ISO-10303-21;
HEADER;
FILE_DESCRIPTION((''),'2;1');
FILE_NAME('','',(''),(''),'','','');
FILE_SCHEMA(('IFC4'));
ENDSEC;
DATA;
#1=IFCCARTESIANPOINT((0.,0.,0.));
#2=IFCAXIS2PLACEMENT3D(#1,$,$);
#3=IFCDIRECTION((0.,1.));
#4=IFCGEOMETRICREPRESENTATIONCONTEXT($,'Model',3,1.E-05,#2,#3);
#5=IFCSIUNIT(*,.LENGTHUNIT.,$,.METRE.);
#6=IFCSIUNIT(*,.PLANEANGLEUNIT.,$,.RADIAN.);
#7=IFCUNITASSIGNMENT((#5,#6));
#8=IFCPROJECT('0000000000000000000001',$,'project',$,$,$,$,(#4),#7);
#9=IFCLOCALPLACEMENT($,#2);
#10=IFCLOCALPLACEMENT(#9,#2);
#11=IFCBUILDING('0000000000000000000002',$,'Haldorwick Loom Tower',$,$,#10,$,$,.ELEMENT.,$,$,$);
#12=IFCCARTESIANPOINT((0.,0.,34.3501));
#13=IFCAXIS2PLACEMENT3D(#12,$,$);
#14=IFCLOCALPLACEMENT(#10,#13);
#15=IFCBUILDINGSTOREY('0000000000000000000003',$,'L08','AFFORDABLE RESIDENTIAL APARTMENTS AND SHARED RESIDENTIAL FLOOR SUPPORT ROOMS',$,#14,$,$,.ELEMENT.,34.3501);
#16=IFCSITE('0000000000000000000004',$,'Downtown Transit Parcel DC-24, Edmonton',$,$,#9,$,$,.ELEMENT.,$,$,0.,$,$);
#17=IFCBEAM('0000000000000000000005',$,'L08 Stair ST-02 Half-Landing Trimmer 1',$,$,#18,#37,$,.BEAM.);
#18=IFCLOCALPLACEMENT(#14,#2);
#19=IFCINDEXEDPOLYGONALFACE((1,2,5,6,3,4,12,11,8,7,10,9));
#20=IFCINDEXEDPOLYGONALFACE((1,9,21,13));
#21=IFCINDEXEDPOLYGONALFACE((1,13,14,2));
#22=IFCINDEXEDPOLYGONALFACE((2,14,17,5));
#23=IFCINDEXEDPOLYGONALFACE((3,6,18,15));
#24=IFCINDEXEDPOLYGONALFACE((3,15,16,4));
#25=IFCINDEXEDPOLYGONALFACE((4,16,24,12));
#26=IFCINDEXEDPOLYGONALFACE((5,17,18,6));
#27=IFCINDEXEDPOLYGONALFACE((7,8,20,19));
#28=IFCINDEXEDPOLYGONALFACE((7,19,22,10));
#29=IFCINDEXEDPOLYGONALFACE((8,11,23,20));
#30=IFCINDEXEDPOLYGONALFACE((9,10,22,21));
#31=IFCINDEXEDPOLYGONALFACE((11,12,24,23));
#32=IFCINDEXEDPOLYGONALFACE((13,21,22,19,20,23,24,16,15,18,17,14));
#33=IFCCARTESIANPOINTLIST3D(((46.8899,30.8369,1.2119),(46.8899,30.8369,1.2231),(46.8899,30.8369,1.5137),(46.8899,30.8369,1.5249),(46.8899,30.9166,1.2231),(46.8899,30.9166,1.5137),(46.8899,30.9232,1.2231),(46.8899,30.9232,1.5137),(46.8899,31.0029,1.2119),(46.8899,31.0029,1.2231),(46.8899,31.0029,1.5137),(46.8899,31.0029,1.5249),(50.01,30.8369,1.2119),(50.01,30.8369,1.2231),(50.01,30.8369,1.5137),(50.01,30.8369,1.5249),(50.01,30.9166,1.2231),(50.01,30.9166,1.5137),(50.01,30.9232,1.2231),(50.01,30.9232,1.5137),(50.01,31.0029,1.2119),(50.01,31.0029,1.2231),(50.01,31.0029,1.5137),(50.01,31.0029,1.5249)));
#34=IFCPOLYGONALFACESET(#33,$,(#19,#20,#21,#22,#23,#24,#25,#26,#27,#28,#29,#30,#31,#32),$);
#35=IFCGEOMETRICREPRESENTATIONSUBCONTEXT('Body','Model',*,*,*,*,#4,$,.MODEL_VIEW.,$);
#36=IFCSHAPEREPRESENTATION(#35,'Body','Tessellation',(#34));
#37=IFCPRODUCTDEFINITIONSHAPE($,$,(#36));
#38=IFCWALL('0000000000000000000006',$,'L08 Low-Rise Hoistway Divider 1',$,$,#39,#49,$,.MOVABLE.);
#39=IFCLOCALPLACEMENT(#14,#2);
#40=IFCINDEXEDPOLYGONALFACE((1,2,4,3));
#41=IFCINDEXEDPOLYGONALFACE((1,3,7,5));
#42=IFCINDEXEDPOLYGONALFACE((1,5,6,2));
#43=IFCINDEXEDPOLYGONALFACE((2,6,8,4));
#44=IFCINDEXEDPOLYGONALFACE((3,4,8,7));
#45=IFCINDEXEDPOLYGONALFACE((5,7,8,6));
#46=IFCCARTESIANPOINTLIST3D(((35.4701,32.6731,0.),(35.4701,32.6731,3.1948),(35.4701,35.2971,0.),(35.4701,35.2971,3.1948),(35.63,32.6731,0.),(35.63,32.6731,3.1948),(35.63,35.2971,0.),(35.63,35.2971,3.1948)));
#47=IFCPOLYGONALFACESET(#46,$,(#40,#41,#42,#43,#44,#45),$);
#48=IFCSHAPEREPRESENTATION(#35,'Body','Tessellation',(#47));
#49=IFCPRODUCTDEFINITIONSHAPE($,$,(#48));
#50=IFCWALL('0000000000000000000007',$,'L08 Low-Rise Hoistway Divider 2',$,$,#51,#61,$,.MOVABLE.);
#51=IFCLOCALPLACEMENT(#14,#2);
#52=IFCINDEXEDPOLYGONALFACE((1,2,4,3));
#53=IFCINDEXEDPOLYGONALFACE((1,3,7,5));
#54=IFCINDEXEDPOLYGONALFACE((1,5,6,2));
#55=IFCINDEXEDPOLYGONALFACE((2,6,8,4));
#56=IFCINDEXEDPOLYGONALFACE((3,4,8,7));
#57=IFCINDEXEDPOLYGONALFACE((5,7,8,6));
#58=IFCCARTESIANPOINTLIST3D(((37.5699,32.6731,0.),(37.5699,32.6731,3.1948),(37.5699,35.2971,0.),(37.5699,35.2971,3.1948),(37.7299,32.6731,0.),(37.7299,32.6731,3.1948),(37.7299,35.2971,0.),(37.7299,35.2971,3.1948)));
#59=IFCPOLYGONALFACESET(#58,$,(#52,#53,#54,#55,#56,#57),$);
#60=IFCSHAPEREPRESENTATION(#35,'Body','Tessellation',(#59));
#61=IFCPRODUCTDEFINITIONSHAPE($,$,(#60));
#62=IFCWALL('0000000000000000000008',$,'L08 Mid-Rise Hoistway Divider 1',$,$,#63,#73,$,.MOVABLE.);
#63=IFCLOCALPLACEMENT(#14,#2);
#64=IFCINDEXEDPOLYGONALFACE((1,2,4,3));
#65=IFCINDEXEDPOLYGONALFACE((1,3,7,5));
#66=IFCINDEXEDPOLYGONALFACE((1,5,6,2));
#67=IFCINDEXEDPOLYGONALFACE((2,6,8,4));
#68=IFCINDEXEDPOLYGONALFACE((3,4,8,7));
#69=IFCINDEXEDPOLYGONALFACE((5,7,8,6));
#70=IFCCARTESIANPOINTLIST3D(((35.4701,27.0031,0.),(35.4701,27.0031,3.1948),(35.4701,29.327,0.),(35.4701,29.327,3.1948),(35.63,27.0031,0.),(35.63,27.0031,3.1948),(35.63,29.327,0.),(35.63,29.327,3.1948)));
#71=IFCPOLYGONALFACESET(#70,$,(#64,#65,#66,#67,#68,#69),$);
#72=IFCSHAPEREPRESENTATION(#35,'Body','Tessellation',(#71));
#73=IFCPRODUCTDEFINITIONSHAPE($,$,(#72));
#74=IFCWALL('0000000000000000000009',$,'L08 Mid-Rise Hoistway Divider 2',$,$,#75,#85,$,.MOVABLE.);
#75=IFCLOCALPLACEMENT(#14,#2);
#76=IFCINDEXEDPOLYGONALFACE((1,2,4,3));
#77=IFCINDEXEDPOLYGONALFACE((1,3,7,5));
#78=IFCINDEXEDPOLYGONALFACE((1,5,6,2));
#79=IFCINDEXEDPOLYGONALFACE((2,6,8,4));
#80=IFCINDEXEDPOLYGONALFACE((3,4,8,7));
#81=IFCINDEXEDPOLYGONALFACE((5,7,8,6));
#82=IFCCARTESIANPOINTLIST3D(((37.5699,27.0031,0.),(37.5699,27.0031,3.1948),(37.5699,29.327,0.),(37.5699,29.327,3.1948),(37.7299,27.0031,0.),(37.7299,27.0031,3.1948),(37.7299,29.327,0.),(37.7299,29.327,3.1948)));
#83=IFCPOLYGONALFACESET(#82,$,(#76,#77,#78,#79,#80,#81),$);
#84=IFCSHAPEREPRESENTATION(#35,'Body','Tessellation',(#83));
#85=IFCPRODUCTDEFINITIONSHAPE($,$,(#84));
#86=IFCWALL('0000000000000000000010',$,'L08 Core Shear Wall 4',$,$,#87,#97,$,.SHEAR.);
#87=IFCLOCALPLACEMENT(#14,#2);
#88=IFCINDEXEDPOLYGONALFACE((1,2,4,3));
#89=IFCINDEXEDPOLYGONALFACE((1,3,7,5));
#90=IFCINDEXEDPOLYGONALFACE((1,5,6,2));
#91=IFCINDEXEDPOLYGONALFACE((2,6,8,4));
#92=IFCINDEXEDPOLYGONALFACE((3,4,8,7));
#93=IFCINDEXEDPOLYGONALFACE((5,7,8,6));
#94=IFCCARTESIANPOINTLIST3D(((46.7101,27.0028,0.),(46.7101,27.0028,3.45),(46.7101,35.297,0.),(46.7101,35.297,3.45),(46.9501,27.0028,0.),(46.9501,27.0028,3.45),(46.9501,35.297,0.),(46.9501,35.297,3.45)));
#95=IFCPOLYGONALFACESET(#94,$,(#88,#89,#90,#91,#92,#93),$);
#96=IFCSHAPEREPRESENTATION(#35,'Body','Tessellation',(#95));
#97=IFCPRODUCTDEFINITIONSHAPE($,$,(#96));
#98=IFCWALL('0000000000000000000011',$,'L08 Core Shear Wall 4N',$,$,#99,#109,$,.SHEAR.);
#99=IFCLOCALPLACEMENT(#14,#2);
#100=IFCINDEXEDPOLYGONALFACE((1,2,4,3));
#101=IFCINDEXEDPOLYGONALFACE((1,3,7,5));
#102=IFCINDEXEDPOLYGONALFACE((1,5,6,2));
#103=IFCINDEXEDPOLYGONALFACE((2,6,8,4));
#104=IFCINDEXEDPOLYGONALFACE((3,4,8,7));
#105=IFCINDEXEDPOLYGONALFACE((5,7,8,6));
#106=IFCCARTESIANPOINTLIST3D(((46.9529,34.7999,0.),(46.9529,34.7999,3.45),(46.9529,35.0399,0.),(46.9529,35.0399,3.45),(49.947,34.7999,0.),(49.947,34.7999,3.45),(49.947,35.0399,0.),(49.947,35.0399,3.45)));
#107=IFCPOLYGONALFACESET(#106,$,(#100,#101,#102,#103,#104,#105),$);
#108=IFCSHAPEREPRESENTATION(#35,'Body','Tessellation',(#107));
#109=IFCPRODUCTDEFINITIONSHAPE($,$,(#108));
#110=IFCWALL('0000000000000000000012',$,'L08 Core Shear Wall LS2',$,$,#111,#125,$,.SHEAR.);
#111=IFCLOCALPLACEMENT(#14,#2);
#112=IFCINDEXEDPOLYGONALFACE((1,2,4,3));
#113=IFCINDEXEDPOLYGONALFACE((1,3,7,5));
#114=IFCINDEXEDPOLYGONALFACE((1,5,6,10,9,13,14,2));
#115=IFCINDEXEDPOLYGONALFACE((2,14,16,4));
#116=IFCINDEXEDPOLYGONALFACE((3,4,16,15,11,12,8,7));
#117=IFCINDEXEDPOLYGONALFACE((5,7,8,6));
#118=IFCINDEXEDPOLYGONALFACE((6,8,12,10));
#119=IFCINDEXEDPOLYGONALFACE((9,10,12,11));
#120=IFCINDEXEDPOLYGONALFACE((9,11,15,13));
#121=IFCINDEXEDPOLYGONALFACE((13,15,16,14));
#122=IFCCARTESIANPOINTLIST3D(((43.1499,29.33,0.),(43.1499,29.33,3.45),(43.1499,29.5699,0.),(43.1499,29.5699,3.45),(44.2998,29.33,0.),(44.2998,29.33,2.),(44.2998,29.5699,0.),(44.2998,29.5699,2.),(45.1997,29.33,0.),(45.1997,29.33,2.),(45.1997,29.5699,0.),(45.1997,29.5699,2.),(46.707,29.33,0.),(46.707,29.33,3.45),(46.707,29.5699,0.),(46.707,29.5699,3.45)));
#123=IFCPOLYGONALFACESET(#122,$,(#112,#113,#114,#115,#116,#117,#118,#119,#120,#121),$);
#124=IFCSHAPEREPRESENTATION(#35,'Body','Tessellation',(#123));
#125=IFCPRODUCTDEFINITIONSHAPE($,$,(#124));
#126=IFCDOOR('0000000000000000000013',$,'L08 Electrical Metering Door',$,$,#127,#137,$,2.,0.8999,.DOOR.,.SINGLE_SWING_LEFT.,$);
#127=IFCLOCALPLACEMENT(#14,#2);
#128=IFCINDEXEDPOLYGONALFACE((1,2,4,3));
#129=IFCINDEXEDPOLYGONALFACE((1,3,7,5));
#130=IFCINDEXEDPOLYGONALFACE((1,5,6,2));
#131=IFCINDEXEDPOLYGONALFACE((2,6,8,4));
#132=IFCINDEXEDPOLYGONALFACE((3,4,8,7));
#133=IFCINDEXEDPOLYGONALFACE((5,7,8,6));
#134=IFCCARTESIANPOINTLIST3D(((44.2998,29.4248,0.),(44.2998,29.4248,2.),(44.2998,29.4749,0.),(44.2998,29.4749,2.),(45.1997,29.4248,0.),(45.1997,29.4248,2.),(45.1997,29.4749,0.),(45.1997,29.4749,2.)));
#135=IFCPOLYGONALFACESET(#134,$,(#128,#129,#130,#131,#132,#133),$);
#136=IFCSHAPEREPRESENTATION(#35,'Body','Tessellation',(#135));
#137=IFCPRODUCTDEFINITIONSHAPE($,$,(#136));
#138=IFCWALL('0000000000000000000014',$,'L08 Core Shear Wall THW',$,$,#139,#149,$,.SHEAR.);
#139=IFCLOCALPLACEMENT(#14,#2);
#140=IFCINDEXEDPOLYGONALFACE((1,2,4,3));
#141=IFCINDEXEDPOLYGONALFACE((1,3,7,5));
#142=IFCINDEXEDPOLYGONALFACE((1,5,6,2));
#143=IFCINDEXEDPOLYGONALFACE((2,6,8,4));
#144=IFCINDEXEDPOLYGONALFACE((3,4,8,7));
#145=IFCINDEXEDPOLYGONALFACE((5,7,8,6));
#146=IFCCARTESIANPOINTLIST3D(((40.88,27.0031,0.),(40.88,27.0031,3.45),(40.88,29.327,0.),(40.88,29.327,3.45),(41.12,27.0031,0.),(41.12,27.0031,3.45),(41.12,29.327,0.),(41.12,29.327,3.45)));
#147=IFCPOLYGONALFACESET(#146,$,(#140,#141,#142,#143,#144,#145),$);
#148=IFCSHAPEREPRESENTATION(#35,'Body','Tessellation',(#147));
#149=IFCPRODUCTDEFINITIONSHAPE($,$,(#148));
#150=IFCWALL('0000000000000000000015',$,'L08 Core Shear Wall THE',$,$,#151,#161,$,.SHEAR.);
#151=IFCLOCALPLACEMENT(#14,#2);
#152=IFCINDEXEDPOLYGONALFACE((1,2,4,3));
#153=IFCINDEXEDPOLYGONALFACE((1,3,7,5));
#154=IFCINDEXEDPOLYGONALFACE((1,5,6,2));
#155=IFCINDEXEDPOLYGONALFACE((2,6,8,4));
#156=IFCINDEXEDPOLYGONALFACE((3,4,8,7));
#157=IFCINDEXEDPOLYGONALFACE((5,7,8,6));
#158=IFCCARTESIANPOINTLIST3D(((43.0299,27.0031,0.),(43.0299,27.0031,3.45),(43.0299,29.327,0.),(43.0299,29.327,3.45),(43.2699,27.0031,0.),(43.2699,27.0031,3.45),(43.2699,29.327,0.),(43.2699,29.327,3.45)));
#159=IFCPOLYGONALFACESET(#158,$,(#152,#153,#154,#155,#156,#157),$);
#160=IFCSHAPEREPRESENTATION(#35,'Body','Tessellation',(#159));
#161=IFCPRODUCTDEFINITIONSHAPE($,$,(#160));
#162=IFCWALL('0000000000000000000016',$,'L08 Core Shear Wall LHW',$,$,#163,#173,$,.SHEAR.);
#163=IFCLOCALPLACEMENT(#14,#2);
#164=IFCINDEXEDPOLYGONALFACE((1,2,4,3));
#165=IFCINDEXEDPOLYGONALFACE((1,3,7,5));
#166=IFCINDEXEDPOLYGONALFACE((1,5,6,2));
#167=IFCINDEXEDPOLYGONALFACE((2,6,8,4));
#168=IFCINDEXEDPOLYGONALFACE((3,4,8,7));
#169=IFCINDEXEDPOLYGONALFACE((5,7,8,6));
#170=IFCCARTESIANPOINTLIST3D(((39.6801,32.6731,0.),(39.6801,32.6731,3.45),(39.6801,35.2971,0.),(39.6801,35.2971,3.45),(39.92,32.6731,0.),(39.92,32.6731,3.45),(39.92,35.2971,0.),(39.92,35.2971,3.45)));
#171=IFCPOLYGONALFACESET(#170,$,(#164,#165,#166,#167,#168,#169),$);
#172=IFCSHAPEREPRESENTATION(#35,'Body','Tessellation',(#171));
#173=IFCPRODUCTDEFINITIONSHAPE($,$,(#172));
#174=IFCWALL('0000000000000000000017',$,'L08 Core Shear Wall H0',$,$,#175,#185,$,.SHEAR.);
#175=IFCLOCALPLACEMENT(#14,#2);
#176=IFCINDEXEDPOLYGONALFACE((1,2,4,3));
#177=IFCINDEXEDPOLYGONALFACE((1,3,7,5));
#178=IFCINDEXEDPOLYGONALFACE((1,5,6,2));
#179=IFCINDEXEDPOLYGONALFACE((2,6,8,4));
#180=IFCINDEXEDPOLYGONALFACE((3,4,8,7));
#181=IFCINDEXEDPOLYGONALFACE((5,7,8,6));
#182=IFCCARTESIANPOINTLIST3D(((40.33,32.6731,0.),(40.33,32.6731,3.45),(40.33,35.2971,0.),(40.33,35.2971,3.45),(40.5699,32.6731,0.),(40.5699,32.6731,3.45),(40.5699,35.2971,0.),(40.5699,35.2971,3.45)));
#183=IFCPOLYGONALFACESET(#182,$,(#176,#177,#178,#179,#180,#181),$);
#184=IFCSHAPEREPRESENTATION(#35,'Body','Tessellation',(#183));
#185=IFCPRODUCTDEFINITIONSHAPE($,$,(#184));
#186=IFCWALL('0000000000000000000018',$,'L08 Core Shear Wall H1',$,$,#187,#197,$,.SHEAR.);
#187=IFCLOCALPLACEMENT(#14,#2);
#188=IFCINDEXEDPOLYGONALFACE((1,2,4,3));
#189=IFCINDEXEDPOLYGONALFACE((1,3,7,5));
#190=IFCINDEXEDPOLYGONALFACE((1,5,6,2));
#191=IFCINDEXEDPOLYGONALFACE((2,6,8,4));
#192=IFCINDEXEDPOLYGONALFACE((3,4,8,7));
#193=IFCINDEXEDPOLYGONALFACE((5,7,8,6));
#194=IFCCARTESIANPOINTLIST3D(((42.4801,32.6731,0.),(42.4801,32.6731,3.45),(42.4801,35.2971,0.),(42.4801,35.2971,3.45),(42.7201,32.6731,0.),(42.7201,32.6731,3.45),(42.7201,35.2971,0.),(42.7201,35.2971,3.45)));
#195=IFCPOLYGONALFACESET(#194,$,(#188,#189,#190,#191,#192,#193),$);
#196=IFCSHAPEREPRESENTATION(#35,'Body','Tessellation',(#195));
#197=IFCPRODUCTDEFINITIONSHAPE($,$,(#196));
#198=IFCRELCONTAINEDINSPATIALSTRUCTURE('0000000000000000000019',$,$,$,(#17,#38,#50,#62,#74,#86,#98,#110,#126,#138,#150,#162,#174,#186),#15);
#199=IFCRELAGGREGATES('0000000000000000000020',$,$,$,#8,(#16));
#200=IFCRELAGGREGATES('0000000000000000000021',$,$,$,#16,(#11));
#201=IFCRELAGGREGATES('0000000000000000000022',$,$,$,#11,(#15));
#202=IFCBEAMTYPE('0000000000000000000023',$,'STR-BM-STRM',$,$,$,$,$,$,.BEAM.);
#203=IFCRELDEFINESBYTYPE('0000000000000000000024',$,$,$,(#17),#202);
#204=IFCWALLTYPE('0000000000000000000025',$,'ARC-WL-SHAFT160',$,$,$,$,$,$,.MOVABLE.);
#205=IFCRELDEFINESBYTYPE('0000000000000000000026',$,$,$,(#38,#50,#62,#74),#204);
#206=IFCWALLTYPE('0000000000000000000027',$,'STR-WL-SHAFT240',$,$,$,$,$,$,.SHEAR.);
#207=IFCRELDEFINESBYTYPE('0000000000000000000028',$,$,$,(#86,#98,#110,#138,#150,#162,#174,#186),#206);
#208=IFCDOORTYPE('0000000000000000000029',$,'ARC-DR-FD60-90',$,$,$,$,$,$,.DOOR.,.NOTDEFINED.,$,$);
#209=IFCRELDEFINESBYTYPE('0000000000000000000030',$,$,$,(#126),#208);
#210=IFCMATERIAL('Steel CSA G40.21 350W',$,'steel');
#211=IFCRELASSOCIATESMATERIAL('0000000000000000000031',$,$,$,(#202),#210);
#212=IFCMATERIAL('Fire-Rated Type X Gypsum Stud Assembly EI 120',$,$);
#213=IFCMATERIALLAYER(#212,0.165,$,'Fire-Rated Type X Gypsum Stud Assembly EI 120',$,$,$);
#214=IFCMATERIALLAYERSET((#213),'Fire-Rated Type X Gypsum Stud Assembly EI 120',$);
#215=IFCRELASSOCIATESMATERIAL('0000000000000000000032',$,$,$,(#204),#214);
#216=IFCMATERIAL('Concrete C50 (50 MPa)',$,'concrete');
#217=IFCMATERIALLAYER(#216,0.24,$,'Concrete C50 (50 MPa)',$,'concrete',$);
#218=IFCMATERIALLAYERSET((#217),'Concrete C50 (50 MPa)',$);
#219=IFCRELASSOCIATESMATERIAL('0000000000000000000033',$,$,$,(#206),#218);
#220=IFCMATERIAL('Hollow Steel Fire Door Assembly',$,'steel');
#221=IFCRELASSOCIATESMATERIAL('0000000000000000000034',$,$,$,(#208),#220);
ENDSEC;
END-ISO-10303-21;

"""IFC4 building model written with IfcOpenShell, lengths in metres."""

from ifc_helpers import new_model, si_unit, direction, frame, frame_2d, origin, origin_2d, place, context, subcontext, project, spatial, rectangle, i_section, extrude, material, layer, layer_set, material_profile, profile_set, type_object, element, fill, save


model = new_model("IFC4")

# Units and contexts
model_context = context("Model", 3, precision=1e-05, world=origin(), true_north=direction((0.0, 1.0)))
body_context = subcontext(model_context, "Body", "Model", "MODEL_VIEW")
ifc_project = project(units=[si_unit("LENGTHUNIT", "METRE"), si_unit("PLANEANGLEUNIT", "RADIAN")], contexts=[model_context])

# Site, building, storey
site_placement = place(None, origin())
site = spatial("IfcSite", under=ifc_project, at=site_placement, Name="Downtown Transit Parcel DC-24, Edmonton", CompositionType="ELEMENT", RefElevation=0.0)
building_placement = place(site_placement, origin())
building = spatial("IfcBuilding", under=site, at=building_placement, Name="Haldorwick Loom Tower", CompositionType="ELEMENT")
storey_placement = place(building_placement, frame((0.0, 0.0, 34.3501)))
storey = spatial("IfcBuildingStorey", under=building, at=storey_placement, Name="L08", Description="AFFORDABLE RESIDENTIAL APARTMENTS AND SHARED RESIDENTIAL FLOOR SUPPORT ROOMS", CompositionType="ELEMENT", Elevation=34.3501)

# Beam
ifc_material_1 = material(Name="Steel CSA G40.21 350W", Category="steel")
ifc_material_profile_1 = material_profile(ifc_material_1, i_section(OverallWidth=0.166, OverallDepth=0.313, WebThickness=0.0066, FlangeThickness=0.0112, at=origin_2d()), Name="W310X45", Category="steel")
ifc_profile_set_1 = profile_set([ifc_material_profile_1], Name="Steel CSA G40.21 350W")
beam_type_1 = type_object("IfcBeamType", Name="STR-BM-STRM", PredefinedType="BEAM", material=ifc_profile_set_1)
for number, where, z_axis, x_axis, name in (
    (1, (46.8899, 30.9199, 1.3684), (1.0, 0.0, 0.0), (0.0, 1.0, 0.0), "L08 Stair ST-02 Half-Landing Trimmer 1"),
):
    element("IfcBeam", number, at=place(storey_placement, frame(where, z_axis=z_axis, x_axis=x_axis)), inside=storey, type_object=beam_type_1, Name=name, PredefinedType="BEAM", context=body_context, shape_type="SweptSolid", body=[
        extrude(i_section(OverallWidth=0.166, OverallDepth=0.313, WebThickness=0.0066, FlangeThickness=0.0112, at=origin_2d()), origin(), (0.0, 0.0, 1.0), 3.1201),
    ])

# Walls
ifc_material_2 = material(Name="Fire-Rated Type X Gypsum Stud Assembly EI 120")
ifc_layer_1 = layer(ifc_material_2, 0.165, Name="Fire-Rated Type X Gypsum Stud Assembly EI 120")
ifc_layer_set_1 = layer_set([ifc_layer_1], Name="Fire-Rated Type X Gypsum Stud Assembly EI 120")
wall_type_1 = type_object("IfcWallType", Name="ARC-WL-SHAFT160", PredefinedType="MOVABLE", material=ifc_layer_set_1)
for number, where, z_axis, x_axis, name in (
    (2, (35.55, 32.6731, 0.0), (0.0, 0.0, 1.0), (0.0, 1.0, 0.0), "L08 Low-Rise Hoistway Divider 1"),
    (3, (37.6499, 32.6731, 0.0), (0.0, 0.0, 1.0), (0.0, 1.0, 0.0), "L08 Low-Rise Hoistway Divider 2"),
):
    element("IfcWall", number, at=place(storey_placement, frame(where, z_axis=z_axis, x_axis=x_axis)), inside=storey, type_object=wall_type_1, Name=name, PredefinedType="MOVABLE", context=body_context, shape_type="SweptSolid", body=[
        extrude(rectangle(XDim=2.624, YDim=0.1599, at=frame_2d((1.312, 0.0))), origin(), (0.0, 0.0, 1.0), 3.1948),
    ])
for number, where, z_axis, x_axis, name in (
    (4, (35.55, 27.0029, 0.0), (0.0, 0.0, 1.0), (0.0, 1.0, 0.0), "L08 Mid-Rise Hoistway Divider 1"),
    (5, (37.6499, 27.0029, 0.0), (0.0, 0.0, 1.0), (0.0, 1.0, 0.0), "L08 Mid-Rise Hoistway Divider 2"),
):
    element("IfcWall", number, at=place(storey_placement, frame(where, z_axis=z_axis, x_axis=x_axis)), inside=storey, type_object=wall_type_1, Name=name, PredefinedType="MOVABLE", context=body_context, shape_type="SweptSolid", body=[
        extrude(rectangle(XDim=2.324, YDim=0.1599, at=frame_2d((1.1621, 0.0))), origin(), (0.0, 0.0, 1.0), 3.1948),
    ])
ifc_material_3 = material(Name="Concrete C50 (50 MPa)", Category="concrete")
ifc_layer_2 = layer(ifc_material_3, 0.24, Name="Concrete C50 (50 MPa)", Category="concrete")
ifc_layer_set_2 = layer_set([ifc_layer_2], Name="Concrete C50 (50 MPa)")
wall_type_2 = type_object("IfcWallType", Name="STR-WL-SHAFT240", PredefinedType="SHEAR", material=ifc_layer_set_2)
wall_1_placement = place(storey_placement, frame((46.8301, 27.0029, 0.0), z_axis=(0.0, 0.0, 1.0), x_axis=(0.0, 1.0, 0.0)))
element("IfcWall", 6, at=wall_1_placement, inside=storey, type_object=wall_type_2, Name="L08 Core Shear Wall 4", PredefinedType="SHEAR", context=body_context, shape_type="SweptSolid", body=[
    extrude(rectangle(XDim=8.2942, YDim=0.24, at=frame_2d((4.147, 0.0))), origin(), (0.0, 0.0, 1.0), 3.45),
])
wall_2_placement = place(storey_placement, frame((46.9529, 34.9199, 0.0), z_axis=(0.0, 0.0, 1.0), x_axis=(1.0, 0.0, 0.0)))
element("IfcWall", 7, at=wall_2_placement, inside=storey, type_object=wall_type_2, Name="L08 Core Shear Wall 4N", PredefinedType="SHEAR", context=body_context, shape_type="SweptSolid", body=[
    extrude(rectangle(XDim=2.9941, YDim=0.24, at=frame_2d((1.4971, 0.0))), origin(), (0.0, 0.0, 1.0), 3.45),
])

# Wall, opening, door
wall_3_placement = place(storey_placement, frame((43.1499, 29.45, 0.0), z_axis=(0.0, 0.0, 1.0), x_axis=(1.0, 0.0, 0.0)))
wall_3 = element("IfcWall", 8, at=wall_3_placement, inside=storey, type_object=wall_type_2, Name="L08 Core Shear Wall LS2", PredefinedType="SHEAR", context=body_context, shape_type="SweptSolid", body=[
    extrude(rectangle(XDim=3.5571, YDim=0.24, at=frame_2d((1.7786, 0.0))), origin(), (0.0, 0.0, 1.0), 3.45),
])
opening_placement = place(wall_3_placement, frame((1.1499, 0.0, 0.0)))
opening = element("IfcOpeningElement", 9, at=opening_placement, cuts=wall_3, PredefinedType="OPENING", context=body_context, shape_type="SweptSolid", body=[
    extrude(rectangle(XDim=0.8999, YDim=2.0, at=frame_2d((0.45, 1.0))), frame((0.0, 0.1299, 0.0), z_axis=(0.0, -1.0, 0.0), x_axis=(1.0, 0.0, 0.0)), (0.0, 0.0, 1.0), 0.26),
])
ifc_material_4 = material(Name="Hollow Steel Fire Door Assembly", Category="steel")
door_type = type_object("IfcDoorType", Name="ARC-DR-FD60-90", OperationType="NOTDEFINED", PredefinedType="DOOR", material=ifc_material_4)
door_placement = place(opening_placement, origin())
door = element("IfcDoor", 10, at=door_placement, inside=storey, type_object=door_type, Name="L08 Electrical Metering Door", OperationType="SINGLE_SWING_LEFT", OverallHeight=2.0, OverallWidth=0.8999, PredefinedType="DOOR", context=body_context, shape_type="SweptSolid", body=[
    extrude(rectangle(XDim=0.8999, YDim=2.0, at=frame_2d((0.45, 1.0))), frame((0.0, 0.0249, 0.0), z_axis=(0.0, -1.0, 0.0), x_axis=(1.0, 0.0, 0.0)), (0.0, 0.0, 1.0), 0.05),
])
fill(opening, door)

# Walls
for number, where, z_axis, x_axis, name in (
    (11, (41.0, 27.0029, 0.0), (0.0, 0.0, 1.0), (0.0, 1.0, 0.0), "L08 Core Shear Wall THW"),
    (12, (43.1499, 27.0029, 0.0), (0.0, 0.0, 1.0), (0.0, 1.0, 0.0), "L08 Core Shear Wall THE"),
):
    element("IfcWall", number, at=place(storey_placement, frame(where, z_axis=z_axis, x_axis=x_axis)), inside=storey, type_object=wall_type_2, Name=name, PredefinedType="SHEAR", context=body_context, shape_type="SweptSolid", body=[
        extrude(rectangle(XDim=2.324, YDim=0.24, at=frame_2d((1.1621, 0.0))), origin(), (0.0, 0.0, 1.0), 3.45),
    ])
for number, where, z_axis, x_axis, name in (
    (13, (39.8, 32.6731, 0.0), (0.0, 0.0, 1.0), (0.0, 1.0, 0.0), "L08 Core Shear Wall LHW"),
    (14, (40.45, 32.6731, 0.0), (0.0, 0.0, 1.0), (0.0, 1.0, 0.0), "L08 Core Shear Wall H0"),
    (15, (42.6001, 32.6731, 0.0), (0.0, 0.0, 1.0), (0.0, 1.0, 0.0), "L08 Core Shear Wall H1"),
):
    element("IfcWall", number, at=place(storey_placement, frame(where, z_axis=z_axis, x_axis=x_axis)), inside=storey, type_object=wall_type_2, Name=name, PredefinedType="SHEAR", context=body_context, shape_type="SweptSolid", body=[
        extrude(rectangle(XDim=2.624, YDim=0.24, at=frame_2d((1.312, 0.0))), origin(), (0.0, 0.0, 1.0), 3.45),
    ])

save(model, "model.ifc")
